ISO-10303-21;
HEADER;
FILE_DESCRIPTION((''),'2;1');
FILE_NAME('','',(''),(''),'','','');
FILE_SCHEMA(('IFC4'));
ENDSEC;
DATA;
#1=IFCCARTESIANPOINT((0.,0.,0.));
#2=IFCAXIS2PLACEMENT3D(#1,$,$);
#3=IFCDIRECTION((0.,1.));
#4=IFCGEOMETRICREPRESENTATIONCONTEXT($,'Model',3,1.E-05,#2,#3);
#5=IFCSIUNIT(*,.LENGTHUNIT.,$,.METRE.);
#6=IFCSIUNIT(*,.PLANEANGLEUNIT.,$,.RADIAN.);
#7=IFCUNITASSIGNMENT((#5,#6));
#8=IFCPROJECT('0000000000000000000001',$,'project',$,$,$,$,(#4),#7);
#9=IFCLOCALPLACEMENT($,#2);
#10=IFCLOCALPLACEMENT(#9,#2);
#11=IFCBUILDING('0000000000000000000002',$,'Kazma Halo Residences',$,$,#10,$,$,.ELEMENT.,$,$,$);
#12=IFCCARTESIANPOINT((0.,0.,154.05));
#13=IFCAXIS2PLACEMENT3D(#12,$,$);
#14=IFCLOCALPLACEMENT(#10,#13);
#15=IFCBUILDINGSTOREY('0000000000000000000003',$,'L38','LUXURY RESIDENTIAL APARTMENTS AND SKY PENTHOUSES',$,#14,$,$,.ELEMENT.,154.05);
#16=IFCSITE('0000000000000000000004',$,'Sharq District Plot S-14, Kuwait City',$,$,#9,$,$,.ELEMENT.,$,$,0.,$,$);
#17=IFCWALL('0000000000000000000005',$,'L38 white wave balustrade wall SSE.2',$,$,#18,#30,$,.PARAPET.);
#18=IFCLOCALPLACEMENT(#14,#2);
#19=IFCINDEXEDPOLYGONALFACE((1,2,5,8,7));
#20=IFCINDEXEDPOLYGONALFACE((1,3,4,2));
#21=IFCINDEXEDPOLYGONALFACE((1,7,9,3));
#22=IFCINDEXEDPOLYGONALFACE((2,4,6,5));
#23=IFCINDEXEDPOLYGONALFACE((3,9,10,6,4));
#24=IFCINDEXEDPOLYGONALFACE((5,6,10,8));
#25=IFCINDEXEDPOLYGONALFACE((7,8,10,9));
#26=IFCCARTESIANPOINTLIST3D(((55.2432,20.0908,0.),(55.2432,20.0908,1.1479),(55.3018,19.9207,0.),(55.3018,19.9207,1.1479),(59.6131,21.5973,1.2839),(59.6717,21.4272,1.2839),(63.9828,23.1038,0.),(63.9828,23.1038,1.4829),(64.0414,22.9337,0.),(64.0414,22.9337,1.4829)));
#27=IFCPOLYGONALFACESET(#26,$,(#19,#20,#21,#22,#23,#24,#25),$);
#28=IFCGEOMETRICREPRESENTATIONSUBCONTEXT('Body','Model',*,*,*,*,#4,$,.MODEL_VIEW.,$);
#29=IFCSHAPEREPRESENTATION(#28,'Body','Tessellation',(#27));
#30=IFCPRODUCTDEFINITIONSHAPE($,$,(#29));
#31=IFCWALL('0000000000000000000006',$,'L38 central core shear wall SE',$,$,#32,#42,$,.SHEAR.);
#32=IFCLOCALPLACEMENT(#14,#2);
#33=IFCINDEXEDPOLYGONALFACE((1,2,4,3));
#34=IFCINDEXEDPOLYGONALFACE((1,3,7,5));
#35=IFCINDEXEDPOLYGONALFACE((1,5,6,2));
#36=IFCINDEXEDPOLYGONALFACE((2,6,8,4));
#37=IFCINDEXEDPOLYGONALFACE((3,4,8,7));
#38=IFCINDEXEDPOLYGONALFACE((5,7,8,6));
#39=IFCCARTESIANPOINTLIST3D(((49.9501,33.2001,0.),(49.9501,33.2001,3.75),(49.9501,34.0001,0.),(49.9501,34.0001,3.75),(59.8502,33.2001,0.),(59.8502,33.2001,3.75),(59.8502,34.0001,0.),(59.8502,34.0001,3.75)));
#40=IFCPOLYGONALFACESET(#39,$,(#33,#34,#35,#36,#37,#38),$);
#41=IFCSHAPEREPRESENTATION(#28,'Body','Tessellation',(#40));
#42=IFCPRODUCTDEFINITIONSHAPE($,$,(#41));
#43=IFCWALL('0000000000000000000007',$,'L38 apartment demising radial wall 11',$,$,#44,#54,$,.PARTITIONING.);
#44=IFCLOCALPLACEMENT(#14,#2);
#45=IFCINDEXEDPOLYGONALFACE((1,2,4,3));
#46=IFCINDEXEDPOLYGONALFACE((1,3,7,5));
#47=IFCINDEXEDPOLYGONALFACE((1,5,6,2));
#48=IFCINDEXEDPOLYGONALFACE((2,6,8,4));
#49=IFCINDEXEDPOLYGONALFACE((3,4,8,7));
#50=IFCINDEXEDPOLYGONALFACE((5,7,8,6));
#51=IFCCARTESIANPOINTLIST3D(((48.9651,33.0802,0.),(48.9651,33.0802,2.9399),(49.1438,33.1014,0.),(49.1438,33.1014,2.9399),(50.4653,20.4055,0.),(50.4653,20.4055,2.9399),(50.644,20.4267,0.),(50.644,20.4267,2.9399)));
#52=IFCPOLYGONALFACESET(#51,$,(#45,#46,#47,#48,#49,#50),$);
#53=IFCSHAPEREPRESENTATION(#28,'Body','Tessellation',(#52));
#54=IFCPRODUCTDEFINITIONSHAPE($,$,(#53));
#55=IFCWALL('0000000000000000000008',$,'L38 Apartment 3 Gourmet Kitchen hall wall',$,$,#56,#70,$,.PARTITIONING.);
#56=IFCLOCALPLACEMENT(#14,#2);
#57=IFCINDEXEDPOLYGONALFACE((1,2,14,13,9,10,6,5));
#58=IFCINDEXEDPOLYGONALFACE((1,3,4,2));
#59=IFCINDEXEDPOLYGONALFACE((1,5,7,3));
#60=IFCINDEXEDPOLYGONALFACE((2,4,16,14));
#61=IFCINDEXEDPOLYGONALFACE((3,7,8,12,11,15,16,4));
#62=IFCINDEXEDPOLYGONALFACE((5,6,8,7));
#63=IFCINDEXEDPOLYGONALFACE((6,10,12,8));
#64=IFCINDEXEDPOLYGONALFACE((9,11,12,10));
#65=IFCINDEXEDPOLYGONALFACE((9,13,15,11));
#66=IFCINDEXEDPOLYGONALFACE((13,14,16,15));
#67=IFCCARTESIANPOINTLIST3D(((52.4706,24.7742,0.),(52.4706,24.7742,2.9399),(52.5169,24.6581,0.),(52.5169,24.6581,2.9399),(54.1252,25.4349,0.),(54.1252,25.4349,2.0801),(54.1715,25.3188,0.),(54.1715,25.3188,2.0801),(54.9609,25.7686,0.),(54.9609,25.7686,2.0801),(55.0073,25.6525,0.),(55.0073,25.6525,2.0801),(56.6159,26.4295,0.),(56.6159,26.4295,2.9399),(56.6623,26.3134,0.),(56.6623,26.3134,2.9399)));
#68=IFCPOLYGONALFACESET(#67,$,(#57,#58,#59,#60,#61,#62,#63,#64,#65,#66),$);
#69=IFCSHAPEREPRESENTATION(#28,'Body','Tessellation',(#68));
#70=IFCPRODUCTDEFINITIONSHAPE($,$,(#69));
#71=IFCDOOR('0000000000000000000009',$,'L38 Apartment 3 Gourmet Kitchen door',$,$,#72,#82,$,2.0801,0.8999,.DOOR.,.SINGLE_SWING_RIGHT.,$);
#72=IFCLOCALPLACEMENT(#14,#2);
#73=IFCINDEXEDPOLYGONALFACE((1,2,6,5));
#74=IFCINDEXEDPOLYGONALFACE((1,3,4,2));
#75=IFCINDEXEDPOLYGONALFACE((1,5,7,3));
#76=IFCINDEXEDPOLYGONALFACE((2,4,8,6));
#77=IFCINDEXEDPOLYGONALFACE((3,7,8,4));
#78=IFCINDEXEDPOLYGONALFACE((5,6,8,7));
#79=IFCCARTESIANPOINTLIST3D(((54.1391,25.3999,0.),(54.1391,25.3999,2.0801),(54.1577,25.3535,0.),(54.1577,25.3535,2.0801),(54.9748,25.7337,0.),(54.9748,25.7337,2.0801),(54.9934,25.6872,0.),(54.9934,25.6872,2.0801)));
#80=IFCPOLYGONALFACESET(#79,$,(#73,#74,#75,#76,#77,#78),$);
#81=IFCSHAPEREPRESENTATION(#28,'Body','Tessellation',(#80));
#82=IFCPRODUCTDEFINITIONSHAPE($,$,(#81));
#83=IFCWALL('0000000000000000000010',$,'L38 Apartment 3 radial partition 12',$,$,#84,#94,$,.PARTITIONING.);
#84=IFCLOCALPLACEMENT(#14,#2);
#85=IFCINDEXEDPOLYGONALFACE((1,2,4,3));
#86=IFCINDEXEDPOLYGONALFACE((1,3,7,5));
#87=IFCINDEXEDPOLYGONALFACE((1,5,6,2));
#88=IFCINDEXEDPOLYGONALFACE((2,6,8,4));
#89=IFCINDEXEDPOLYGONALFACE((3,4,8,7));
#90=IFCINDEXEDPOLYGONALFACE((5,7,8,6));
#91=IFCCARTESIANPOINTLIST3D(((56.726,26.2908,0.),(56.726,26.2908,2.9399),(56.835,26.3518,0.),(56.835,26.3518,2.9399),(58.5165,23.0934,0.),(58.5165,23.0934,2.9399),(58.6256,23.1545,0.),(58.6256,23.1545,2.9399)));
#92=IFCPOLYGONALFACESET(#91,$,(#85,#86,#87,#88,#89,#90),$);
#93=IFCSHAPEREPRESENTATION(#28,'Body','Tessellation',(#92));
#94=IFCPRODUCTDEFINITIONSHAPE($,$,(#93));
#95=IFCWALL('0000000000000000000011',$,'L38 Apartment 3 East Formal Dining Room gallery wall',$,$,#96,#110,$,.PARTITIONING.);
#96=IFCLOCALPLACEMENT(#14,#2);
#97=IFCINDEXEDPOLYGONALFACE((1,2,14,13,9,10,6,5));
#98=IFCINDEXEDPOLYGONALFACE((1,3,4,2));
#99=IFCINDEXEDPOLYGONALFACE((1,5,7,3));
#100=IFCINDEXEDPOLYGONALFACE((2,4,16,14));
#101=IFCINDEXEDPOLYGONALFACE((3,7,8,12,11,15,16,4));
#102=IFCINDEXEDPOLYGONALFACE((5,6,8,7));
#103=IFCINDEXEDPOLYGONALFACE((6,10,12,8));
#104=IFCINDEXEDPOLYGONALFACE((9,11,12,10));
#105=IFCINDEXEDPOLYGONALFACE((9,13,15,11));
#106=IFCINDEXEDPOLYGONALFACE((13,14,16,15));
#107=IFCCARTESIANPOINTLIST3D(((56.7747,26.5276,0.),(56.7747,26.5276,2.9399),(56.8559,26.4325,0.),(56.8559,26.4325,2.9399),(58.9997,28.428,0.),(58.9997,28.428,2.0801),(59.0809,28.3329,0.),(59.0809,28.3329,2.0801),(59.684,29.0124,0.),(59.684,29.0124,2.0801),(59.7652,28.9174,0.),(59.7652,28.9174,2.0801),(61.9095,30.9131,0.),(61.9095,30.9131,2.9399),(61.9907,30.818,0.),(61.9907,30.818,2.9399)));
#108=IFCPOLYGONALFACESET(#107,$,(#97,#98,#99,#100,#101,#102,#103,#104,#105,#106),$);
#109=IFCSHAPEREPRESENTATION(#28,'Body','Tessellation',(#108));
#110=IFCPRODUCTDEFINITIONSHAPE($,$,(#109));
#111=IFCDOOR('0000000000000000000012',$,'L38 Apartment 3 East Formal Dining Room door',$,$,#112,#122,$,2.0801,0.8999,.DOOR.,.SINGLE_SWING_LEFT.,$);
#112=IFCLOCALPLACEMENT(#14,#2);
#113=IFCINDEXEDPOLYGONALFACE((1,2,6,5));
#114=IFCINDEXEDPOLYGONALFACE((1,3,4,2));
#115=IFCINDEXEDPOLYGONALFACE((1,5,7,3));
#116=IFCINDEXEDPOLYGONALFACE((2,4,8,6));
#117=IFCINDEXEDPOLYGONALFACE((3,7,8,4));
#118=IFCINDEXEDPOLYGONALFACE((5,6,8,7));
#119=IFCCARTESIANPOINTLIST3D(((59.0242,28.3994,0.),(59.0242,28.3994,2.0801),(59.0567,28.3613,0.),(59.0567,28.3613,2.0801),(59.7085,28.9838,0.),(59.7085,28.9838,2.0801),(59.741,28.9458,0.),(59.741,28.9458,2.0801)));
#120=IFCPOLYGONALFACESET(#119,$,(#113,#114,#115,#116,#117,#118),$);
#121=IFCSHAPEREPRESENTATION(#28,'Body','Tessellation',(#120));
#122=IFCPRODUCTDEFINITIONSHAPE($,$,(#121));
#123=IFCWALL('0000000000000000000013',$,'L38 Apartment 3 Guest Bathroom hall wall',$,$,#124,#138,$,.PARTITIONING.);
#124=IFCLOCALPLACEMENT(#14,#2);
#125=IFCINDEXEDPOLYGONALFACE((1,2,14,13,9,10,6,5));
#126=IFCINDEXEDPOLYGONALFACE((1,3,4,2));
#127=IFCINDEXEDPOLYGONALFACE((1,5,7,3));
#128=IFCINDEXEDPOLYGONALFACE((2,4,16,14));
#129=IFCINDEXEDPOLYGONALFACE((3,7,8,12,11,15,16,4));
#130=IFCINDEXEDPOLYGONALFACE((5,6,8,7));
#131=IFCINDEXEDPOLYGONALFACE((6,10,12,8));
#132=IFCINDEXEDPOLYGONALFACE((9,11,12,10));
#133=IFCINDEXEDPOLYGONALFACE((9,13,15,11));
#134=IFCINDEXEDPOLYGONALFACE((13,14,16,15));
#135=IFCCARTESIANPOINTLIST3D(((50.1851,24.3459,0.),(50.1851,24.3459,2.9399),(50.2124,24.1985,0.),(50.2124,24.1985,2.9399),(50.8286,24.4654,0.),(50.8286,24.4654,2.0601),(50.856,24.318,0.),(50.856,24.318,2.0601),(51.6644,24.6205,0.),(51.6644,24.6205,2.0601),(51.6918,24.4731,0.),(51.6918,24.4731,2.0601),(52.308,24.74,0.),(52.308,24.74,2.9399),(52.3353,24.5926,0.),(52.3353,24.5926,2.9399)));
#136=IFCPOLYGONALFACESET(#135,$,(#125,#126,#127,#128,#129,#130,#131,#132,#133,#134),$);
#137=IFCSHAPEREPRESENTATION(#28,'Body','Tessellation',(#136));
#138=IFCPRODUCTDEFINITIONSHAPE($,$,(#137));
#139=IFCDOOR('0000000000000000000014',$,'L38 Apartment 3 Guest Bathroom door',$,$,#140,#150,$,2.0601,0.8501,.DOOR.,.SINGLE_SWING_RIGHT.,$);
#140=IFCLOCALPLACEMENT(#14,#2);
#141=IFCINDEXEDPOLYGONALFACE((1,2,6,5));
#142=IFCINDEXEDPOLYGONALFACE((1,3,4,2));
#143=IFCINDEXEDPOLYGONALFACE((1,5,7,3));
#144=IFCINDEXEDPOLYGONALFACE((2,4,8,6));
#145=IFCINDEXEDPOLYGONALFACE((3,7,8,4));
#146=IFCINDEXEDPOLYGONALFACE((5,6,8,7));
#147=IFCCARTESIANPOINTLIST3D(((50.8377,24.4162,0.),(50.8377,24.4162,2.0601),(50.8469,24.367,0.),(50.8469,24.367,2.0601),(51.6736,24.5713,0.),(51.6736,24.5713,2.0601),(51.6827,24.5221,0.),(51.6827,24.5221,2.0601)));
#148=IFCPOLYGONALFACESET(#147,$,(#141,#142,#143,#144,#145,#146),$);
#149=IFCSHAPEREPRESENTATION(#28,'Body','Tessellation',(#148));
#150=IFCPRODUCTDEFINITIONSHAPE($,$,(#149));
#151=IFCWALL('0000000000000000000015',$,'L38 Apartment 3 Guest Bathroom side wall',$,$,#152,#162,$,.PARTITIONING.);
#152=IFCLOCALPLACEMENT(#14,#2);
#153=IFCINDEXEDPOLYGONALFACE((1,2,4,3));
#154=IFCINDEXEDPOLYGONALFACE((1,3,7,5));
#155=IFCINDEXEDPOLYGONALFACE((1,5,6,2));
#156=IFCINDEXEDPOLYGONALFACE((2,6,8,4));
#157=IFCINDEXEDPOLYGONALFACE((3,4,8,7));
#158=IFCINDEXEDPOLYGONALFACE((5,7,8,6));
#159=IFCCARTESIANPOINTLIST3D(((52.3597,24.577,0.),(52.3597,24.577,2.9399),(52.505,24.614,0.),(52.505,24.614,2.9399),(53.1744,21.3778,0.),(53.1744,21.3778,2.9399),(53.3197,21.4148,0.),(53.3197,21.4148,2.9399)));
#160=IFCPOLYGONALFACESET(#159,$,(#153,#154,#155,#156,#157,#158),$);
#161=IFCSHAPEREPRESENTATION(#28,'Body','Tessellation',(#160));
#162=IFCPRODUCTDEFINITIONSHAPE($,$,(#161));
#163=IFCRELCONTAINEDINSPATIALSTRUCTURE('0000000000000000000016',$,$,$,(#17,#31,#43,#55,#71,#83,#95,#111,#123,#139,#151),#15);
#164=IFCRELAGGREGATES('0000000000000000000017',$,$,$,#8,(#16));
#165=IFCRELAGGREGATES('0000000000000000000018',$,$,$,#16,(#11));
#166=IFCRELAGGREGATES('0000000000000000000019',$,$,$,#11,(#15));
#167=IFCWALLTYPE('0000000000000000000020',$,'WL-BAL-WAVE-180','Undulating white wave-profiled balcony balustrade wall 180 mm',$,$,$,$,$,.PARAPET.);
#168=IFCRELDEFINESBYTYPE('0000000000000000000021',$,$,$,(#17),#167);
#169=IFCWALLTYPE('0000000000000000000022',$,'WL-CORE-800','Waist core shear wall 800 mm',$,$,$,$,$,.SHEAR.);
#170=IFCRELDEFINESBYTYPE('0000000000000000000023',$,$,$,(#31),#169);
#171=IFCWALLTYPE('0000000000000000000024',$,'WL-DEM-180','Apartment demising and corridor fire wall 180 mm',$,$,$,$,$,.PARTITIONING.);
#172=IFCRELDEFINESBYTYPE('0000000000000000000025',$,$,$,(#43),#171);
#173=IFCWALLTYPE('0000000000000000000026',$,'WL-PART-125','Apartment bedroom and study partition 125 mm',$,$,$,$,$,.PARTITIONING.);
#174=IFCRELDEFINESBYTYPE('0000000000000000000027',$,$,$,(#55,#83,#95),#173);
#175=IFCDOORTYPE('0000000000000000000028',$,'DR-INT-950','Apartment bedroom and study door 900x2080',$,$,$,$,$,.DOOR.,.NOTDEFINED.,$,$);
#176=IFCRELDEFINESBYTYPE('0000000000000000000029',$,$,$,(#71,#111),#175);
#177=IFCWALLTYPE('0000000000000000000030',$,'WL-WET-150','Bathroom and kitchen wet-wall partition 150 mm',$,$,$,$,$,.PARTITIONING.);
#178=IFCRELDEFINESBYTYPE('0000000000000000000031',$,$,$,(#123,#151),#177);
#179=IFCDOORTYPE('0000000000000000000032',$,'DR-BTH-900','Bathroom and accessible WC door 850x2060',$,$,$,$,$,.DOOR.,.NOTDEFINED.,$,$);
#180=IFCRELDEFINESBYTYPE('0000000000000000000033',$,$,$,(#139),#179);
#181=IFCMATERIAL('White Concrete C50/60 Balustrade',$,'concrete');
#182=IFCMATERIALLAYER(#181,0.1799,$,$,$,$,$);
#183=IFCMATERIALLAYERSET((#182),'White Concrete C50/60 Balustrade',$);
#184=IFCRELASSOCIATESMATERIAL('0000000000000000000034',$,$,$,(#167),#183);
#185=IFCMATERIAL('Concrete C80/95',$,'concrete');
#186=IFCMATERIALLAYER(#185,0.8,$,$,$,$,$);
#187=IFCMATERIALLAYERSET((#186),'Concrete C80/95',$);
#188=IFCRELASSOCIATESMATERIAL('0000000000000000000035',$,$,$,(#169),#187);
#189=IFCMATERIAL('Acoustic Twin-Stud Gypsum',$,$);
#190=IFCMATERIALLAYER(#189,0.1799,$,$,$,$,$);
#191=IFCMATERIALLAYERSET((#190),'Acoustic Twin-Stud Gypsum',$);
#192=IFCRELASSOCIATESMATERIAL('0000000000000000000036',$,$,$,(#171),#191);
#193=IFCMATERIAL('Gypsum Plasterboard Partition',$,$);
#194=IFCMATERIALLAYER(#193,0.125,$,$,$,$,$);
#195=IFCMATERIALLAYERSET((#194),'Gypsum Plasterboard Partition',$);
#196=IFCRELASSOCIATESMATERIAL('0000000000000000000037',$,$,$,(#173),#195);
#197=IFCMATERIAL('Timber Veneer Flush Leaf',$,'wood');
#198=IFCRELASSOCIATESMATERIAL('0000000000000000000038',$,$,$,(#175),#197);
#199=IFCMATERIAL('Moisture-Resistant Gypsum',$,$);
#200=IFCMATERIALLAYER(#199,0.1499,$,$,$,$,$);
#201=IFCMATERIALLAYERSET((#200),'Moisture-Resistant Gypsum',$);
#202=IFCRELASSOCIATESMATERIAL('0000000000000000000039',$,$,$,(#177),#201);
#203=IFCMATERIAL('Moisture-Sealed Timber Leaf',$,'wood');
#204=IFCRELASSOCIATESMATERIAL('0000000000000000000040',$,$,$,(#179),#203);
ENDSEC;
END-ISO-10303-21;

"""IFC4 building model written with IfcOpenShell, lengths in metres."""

from ifc_helpers import new_model, si_unit, direction, frame, frame_2d, origin, place, context, subcontext, project, spatial, polyline, rectangle, outline, extrude, material, layer, layer_set, type_object, element, fill, save


model = new_model("IFC4")

# Units and contexts
model_context = context("Model", 3, precision=1e-05, world=origin(), true_north=direction((0.0, 1.0)))
body_context = subcontext(model_context, "Body", "Model", "MODEL_VIEW")
ifc_project = project(units=[si_unit("LENGTHUNIT", "METRE"), si_unit("PLANEANGLEUNIT", "RADIAN")], contexts=[model_context])

# Site, building, storey
site_placement = place(None, origin())
site = spatial("IfcSite", under=ifc_project, at=site_placement, Name="Sharq District Plot S-14, Kuwait City", CompositionType="ELEMENT", RefElevation=0.0)
building_placement = place(site_placement, origin())
building = spatial("IfcBuilding", under=site, at=building_placement, Name="Kazma Halo Residences", CompositionType="ELEMENT")
storey_placement = place(building_placement, frame((0.0, 0.0, 154.05)))
storey = spatial("IfcBuildingStorey", under=building, at=storey_placement, Name="L38", Description="LUXURY RESIDENTIAL APARTMENTS AND SKY PENTHOUSES", CompositionType="ELEMENT", Elevation=154.05)

# Shared definitions
ifc_material_1 = material(Name="Concrete C80/95", Category="concrete")

# Walls
ifc_material_2 = material(Name="White Concrete C50/60 Balustrade", Category="concrete")
ifc_layer_1 = layer(ifc_material_2, 0.1799)
ifc_layer_set_1 = layer_set([ifc_layer_1], Name="White Concrete C50/60 Balustrade")
wall_type_1 = type_object("IfcWallType", Name="WL-BAL-WAVE-180", Description="Undulating white wave-profiled balcony balustrade wall 180 mm", PredefinedType="PARAPET", material=ifc_layer_set_1)
wall_1_placement = place(storey_placement, frame((55.2725, 20.0059, 0.0), z_axis=(0.0, 0.0, 1.0), x_axis=(0.945396, 0.325925, 0.0)))
element("IfcWall", 1, at=wall_1_placement, inside=storey, type_object=wall_type_1, Name="L38 white wave balustrade wall SSE.2", PredefinedType="PARAPET", context=body_context, shape_type="SweptSolid", body=[
    extrude(outline(polyline([(0.0, 0.0), (9.2444, 0.0), (9.2444, 1.4829), (4.6223, 1.2839), (0.0, 1.1479), (0.0, 0.0)])), frame((0.0, 0.0898, 0.0), z_axis=(0.0, -1.0, 0.0), x_axis=(1.0, 0.0, 0.0)), (0.0, 0.0, 1.0), 0.1799),
])
ifc_layer_2 = layer(ifc_material_1, 0.8)
ifc_layer_set_2 = layer_set([ifc_layer_2], Name="Concrete C80/95")
wall_type_2 = type_object("IfcWallType", Name="WL-CORE-800", Description="Waist core shear wall 800 mm", PredefinedType="SHEAR", material=ifc_layer_set_2)
wall_2_placement = place(storey_placement, frame((49.95, 33.6001, 0.0), z_axis=(0.0, 0.0, 1.0), x_axis=(1.0, 0.0, 0.0)))
element("IfcWall", 2, at=wall_2_placement, inside=storey, type_object=wall_type_2, Name="L38 central core shear wall SE", PredefinedType="SHEAR", context=body_context, shape_type="SweptSolid", body=[
    extrude(rectangle(XDim=9.9001, YDim=0.8, at=frame_2d((4.9502, 0.0))), origin(), (0.0, 0.0, 1.0), 3.75),
])
ifc_material_3 = material(Name="Acoustic Twin-Stud Gypsum")
ifc_layer_3 = layer(ifc_material_3, 0.1799)
ifc_layer_set_3 = layer_set([ifc_layer_3], Name="Acoustic Twin-Stud Gypsum")
wall_type_3 = type_object("IfcWallType", Name="WL-DEM-180", Description="Apartment demising and corridor fire wall 180 mm", PredefinedType="PARTITIONING", material=ifc_layer_set_3)
wall_3_placement = place(storey_placement, frame((49.0544, 33.0908, 0.0), z_axis=(0.0, 0.0, 1.0), x_axis=(0.117544, -0.993068, 0.0)))
element("IfcWall", 3, at=wall_3_placement, inside=storey, type_object=wall_type_3, Name="L38 apartment demising radial wall 11", PredefinedType="PARTITIONING", context=body_context, shape_type="SweptSolid", body=[
    extrude(rectangle(XDim=12.7632, YDim=0.1799, at=frame_2d((6.3816, 0.0))), origin(), (0.0, 0.0, 1.0), 2.9399),
])

# Wall, opening, door
ifc_material_4 = material(Name="Gypsum Plasterboard Partition")
ifc_layer_4 = layer(ifc_material_4, 0.125)
ifc_layer_set_4 = layer_set([ifc_layer_4], Name="Gypsum Plasterboard Partition")
wall_type_4 = type_object("IfcWallType", Name="WL-PART-125", Description="Apartment bedroom and study partition 125 mm", PredefinedType="PARTITIONING", material=ifc_layer_set_4)
wall_4_placement = place(storey_placement, frame((52.4937, 24.7161, 0.0), z_axis=(0.0, 0.0, 1.0), x_axis=(0.928695, 0.370844, 0.0)))
wall_4 = element("IfcWall", 4, at=wall_4_placement, inside=storey, type_object=wall_type_4, Name="L38 Apartment 3 Gourmet Kitchen hall wall", PredefinedType="PARTITIONING", context=body_context, shape_type="SweptSolid", body=[
    extrude(rectangle(XDim=4.4636, YDim=0.125, at=frame_2d((2.2319, 0.0))), origin(), (0.0, 0.0, 1.0), 2.9399),
])
opening_1_placement = place(wall_4_placement, frame((1.7817, 0.0, 0.0)))
opening_1 = element("IfcOpeningElement", 5, at=opening_1_placement, cuts=wall_4, PredefinedType="OPENING", context=body_context, shape_type="SweptSolid", body=[
    extrude(rectangle(XDim=0.8999, YDim=2.0801, at=frame_2d((0.45, 1.04))), frame((0.0, 0.0725, 0.0), z_axis=(0.0, -1.0, 0.0), x_axis=(1.0, 0.0, 0.0)), (0.0, 0.0, 1.0), 0.145),
])
ifc_material_5 = material(Name="Timber Veneer Flush Leaf", Category="wood")
door_type_1 = type_object("IfcDoorType", Name="DR-INT-950", Description="Apartment bedroom and study door 900x2080", OperationType="NOTDEFINED", PredefinedType="DOOR", material=ifc_material_5)
door_1_placement = place(opening_1_placement, origin())
door_1 = element("IfcDoor", 6, at=door_1_placement, inside=storey, type_object=door_type_1, Name="L38 Apartment 3 Gourmet Kitchen door", OperationType="SINGLE_SWING_RIGHT", OverallHeight=2.0801, OverallWidth=0.8999, PredefinedType="DOOR", context=body_context, shape_type="SweptSolid", body=[
    extrude(rectangle(XDim=0.8999, YDim=2.0801, at=frame_2d((0.45, 1.04))), frame((0.0, 0.0249, 0.0), z_axis=(0.0, -1.0, 0.0), x_axis=(1.0, 0.0, 0.0)), (0.0, 0.0, 1.0), 0.05),
])
fill(opening_1, door_1)

# Wall
wall_5_placement = place(storey_placement, frame((56.7805, 26.3213, 0.0), z_axis=(0.0, 0.0, 1.0), x_axis=(0.488616, -0.872499, 0.0)))
element("IfcWall", 7, at=wall_5_placement, inside=storey, type_object=wall_type_4, Name="L38 Apartment 3 radial partition 12", PredefinedType="PARTITIONING", context=body_context, shape_type="SweptSolid", body=[
    extrude(rectangle(XDim=3.6646, YDim=0.125, at=frame_2d((1.8323, 0.0))), origin(), (0.0, 0.0, 1.0), 2.9399),
])

# Walls, openings, doors
wall_6_placement = place(storey_placement, frame((56.8152, 26.48, 0.0), z_axis=(0.0, 0.0, 1.0), x_axis=(0.760406, 0.649448, 0.0)))
wall_6 = element("IfcWall", 8, at=wall_6_placement, inside=storey, type_object=wall_type_4, Name="L38 Apartment 3 East Formal Dining Room gallery wall", PredefinedType="PARTITIONING", context=body_context, shape_type="SweptSolid", body=[
    extrude(rectangle(XDim=6.7527, YDim=0.125, at=frame_2d((3.3765, 0.0))), origin(), (0.0, 0.0, 1.0), 2.9399),
])
opening_2_placement = place(wall_6_placement, frame((2.9263, 0.0, 0.0)))
opening_2 = element("IfcOpeningElement", 9, at=opening_2_placement, cuts=wall_6, PredefinedType="OPENING", context=body_context, shape_type="SweptSolid", body=[
    extrude(rectangle(XDim=0.8999, YDim=2.0801, at=frame_2d((0.45, 1.04))), frame((0.0, 0.0725, 0.0), z_axis=(0.0, -1.0, 0.0), x_axis=(1.0, 0.0, 0.0)), (0.0, 0.0, 1.0), 0.145),
])
door_2_placement = place(opening_2_placement, origin())
door_2 = element("IfcDoor", 10, at=door_2_placement, inside=storey, type_object=door_type_1, Name="L38 Apartment 3 East Formal Dining Room door", OperationType="SINGLE_SWING_LEFT", OverallHeight=2.0801, OverallWidth=0.8999, PredefinedType="DOOR", context=body_context, shape_type="SweptSolid", body=[
    extrude(rectangle(XDim=0.8999, YDim=2.0801, at=frame_2d((0.45, 1.04))), frame((0.0, 0.0249, 0.0), z_axis=(0.0, -1.0, 0.0), x_axis=(1.0, 0.0, 0.0)), (0.0, 0.0, 1.0), 0.05),
])
fill(opening_2, door_2)
ifc_material_6 = material(Name="Moisture-Resistant Gypsum")
ifc_layer_5 = layer(ifc_material_6, 0.1499)
ifc_layer_set_5 = layer_set([ifc_layer_5], Name="Moisture-Resistant Gypsum")
wall_type_5 = type_object("IfcWallType", Name="WL-WET-150", Description="Bathroom and kitchen wet-wall partition 150 mm", PredefinedType="PARTITIONING", material=ifc_layer_set_5)
wall_7_placement = place(storey_placement, frame((50.1987, 24.2722, 0.0), z_axis=(0.0, 0.0, 1.0), x_axis=(0.983205, 0.182506, 0.0)))
wall_7 = element("IfcWall", 11, at=wall_7_placement, inside=storey, type_object=wall_type_5, Name="L38 Apartment 3 Guest Bathroom hall wall", PredefinedType="PARTITIONING", context=body_context, shape_type="SweptSolid", body=[
    extrude(rectangle(XDim=2.1592, YDim=0.1499, at=frame_2d((1.0796, 0.0))), origin(), (0.0, 0.0, 1.0), 2.9399),
])
opening_3_placement = place(wall_7_placement, frame((0.6545, 0.0, 0.0)))
opening_3 = element("IfcOpeningElement", 12, at=opening_3_placement, cuts=wall_7, PredefinedType="OPENING", context=body_context, shape_type="SweptSolid", body=[
    extrude(rectangle(XDim=0.8501, YDim=2.0601, at=frame_2d((0.425, 1.03))), frame((0.0, 0.085, 0.0), z_axis=(0.0, -1.0, 0.0), x_axis=(1.0, 0.0, 0.0)), (0.0, 0.0, 1.0), 0.1699),
])
ifc_material_7 = material(Name="Moisture-Sealed Timber Leaf", Category="wood")
door_type_2 = type_object("IfcDoorType", Name="DR-BTH-900", Description="Bathroom and accessible WC door 850x2060", OperationType="NOTDEFINED", PredefinedType="DOOR", material=ifc_material_7)
door_3_placement = place(opening_3_placement, origin())
door_3 = element("IfcDoor", 13, at=door_3_placement, inside=storey, type_object=door_type_2, Name="L38 Apartment 3 Guest Bathroom door", OperationType="SINGLE_SWING_RIGHT", OverallHeight=2.0601, OverallWidth=0.8501, PredefinedType="DOOR", context=body_context, shape_type="SweptSolid", body=[
    extrude(rectangle(XDim=0.8501, YDim=2.0601, at=frame_2d((0.425, 1.03))), frame((0.0, 0.0249, 0.0), z_axis=(0.0, -1.0, 0.0), x_axis=(1.0, 0.0, 0.0)), (0.0, 0.0, 1.0), 0.05),
])
fill(opening_3, door_3)

# Wall
wall_8_placement = place(storey_placement, frame((52.4324, 24.5955, 0.0), z_axis=(0.0, 0.0, 1.0), x_axis=(0.246779, -0.969072, 0.0)))
element("IfcWall", 14, at=wall_8_placement, inside=storey, type_object=wall_type_5, Name="L38 Apartment 3 Guest Bathroom side wall", PredefinedType="PARTITIONING", context=body_context, shape_type="SweptSolid", body=[
    extrude(rectangle(XDim=3.3013, YDim=0.1499, at=frame_2d((1.6506, 0.0))), origin(), (0.0, 0.0, 1.0), 2.9399),
])

save(model, "model.ifc")
